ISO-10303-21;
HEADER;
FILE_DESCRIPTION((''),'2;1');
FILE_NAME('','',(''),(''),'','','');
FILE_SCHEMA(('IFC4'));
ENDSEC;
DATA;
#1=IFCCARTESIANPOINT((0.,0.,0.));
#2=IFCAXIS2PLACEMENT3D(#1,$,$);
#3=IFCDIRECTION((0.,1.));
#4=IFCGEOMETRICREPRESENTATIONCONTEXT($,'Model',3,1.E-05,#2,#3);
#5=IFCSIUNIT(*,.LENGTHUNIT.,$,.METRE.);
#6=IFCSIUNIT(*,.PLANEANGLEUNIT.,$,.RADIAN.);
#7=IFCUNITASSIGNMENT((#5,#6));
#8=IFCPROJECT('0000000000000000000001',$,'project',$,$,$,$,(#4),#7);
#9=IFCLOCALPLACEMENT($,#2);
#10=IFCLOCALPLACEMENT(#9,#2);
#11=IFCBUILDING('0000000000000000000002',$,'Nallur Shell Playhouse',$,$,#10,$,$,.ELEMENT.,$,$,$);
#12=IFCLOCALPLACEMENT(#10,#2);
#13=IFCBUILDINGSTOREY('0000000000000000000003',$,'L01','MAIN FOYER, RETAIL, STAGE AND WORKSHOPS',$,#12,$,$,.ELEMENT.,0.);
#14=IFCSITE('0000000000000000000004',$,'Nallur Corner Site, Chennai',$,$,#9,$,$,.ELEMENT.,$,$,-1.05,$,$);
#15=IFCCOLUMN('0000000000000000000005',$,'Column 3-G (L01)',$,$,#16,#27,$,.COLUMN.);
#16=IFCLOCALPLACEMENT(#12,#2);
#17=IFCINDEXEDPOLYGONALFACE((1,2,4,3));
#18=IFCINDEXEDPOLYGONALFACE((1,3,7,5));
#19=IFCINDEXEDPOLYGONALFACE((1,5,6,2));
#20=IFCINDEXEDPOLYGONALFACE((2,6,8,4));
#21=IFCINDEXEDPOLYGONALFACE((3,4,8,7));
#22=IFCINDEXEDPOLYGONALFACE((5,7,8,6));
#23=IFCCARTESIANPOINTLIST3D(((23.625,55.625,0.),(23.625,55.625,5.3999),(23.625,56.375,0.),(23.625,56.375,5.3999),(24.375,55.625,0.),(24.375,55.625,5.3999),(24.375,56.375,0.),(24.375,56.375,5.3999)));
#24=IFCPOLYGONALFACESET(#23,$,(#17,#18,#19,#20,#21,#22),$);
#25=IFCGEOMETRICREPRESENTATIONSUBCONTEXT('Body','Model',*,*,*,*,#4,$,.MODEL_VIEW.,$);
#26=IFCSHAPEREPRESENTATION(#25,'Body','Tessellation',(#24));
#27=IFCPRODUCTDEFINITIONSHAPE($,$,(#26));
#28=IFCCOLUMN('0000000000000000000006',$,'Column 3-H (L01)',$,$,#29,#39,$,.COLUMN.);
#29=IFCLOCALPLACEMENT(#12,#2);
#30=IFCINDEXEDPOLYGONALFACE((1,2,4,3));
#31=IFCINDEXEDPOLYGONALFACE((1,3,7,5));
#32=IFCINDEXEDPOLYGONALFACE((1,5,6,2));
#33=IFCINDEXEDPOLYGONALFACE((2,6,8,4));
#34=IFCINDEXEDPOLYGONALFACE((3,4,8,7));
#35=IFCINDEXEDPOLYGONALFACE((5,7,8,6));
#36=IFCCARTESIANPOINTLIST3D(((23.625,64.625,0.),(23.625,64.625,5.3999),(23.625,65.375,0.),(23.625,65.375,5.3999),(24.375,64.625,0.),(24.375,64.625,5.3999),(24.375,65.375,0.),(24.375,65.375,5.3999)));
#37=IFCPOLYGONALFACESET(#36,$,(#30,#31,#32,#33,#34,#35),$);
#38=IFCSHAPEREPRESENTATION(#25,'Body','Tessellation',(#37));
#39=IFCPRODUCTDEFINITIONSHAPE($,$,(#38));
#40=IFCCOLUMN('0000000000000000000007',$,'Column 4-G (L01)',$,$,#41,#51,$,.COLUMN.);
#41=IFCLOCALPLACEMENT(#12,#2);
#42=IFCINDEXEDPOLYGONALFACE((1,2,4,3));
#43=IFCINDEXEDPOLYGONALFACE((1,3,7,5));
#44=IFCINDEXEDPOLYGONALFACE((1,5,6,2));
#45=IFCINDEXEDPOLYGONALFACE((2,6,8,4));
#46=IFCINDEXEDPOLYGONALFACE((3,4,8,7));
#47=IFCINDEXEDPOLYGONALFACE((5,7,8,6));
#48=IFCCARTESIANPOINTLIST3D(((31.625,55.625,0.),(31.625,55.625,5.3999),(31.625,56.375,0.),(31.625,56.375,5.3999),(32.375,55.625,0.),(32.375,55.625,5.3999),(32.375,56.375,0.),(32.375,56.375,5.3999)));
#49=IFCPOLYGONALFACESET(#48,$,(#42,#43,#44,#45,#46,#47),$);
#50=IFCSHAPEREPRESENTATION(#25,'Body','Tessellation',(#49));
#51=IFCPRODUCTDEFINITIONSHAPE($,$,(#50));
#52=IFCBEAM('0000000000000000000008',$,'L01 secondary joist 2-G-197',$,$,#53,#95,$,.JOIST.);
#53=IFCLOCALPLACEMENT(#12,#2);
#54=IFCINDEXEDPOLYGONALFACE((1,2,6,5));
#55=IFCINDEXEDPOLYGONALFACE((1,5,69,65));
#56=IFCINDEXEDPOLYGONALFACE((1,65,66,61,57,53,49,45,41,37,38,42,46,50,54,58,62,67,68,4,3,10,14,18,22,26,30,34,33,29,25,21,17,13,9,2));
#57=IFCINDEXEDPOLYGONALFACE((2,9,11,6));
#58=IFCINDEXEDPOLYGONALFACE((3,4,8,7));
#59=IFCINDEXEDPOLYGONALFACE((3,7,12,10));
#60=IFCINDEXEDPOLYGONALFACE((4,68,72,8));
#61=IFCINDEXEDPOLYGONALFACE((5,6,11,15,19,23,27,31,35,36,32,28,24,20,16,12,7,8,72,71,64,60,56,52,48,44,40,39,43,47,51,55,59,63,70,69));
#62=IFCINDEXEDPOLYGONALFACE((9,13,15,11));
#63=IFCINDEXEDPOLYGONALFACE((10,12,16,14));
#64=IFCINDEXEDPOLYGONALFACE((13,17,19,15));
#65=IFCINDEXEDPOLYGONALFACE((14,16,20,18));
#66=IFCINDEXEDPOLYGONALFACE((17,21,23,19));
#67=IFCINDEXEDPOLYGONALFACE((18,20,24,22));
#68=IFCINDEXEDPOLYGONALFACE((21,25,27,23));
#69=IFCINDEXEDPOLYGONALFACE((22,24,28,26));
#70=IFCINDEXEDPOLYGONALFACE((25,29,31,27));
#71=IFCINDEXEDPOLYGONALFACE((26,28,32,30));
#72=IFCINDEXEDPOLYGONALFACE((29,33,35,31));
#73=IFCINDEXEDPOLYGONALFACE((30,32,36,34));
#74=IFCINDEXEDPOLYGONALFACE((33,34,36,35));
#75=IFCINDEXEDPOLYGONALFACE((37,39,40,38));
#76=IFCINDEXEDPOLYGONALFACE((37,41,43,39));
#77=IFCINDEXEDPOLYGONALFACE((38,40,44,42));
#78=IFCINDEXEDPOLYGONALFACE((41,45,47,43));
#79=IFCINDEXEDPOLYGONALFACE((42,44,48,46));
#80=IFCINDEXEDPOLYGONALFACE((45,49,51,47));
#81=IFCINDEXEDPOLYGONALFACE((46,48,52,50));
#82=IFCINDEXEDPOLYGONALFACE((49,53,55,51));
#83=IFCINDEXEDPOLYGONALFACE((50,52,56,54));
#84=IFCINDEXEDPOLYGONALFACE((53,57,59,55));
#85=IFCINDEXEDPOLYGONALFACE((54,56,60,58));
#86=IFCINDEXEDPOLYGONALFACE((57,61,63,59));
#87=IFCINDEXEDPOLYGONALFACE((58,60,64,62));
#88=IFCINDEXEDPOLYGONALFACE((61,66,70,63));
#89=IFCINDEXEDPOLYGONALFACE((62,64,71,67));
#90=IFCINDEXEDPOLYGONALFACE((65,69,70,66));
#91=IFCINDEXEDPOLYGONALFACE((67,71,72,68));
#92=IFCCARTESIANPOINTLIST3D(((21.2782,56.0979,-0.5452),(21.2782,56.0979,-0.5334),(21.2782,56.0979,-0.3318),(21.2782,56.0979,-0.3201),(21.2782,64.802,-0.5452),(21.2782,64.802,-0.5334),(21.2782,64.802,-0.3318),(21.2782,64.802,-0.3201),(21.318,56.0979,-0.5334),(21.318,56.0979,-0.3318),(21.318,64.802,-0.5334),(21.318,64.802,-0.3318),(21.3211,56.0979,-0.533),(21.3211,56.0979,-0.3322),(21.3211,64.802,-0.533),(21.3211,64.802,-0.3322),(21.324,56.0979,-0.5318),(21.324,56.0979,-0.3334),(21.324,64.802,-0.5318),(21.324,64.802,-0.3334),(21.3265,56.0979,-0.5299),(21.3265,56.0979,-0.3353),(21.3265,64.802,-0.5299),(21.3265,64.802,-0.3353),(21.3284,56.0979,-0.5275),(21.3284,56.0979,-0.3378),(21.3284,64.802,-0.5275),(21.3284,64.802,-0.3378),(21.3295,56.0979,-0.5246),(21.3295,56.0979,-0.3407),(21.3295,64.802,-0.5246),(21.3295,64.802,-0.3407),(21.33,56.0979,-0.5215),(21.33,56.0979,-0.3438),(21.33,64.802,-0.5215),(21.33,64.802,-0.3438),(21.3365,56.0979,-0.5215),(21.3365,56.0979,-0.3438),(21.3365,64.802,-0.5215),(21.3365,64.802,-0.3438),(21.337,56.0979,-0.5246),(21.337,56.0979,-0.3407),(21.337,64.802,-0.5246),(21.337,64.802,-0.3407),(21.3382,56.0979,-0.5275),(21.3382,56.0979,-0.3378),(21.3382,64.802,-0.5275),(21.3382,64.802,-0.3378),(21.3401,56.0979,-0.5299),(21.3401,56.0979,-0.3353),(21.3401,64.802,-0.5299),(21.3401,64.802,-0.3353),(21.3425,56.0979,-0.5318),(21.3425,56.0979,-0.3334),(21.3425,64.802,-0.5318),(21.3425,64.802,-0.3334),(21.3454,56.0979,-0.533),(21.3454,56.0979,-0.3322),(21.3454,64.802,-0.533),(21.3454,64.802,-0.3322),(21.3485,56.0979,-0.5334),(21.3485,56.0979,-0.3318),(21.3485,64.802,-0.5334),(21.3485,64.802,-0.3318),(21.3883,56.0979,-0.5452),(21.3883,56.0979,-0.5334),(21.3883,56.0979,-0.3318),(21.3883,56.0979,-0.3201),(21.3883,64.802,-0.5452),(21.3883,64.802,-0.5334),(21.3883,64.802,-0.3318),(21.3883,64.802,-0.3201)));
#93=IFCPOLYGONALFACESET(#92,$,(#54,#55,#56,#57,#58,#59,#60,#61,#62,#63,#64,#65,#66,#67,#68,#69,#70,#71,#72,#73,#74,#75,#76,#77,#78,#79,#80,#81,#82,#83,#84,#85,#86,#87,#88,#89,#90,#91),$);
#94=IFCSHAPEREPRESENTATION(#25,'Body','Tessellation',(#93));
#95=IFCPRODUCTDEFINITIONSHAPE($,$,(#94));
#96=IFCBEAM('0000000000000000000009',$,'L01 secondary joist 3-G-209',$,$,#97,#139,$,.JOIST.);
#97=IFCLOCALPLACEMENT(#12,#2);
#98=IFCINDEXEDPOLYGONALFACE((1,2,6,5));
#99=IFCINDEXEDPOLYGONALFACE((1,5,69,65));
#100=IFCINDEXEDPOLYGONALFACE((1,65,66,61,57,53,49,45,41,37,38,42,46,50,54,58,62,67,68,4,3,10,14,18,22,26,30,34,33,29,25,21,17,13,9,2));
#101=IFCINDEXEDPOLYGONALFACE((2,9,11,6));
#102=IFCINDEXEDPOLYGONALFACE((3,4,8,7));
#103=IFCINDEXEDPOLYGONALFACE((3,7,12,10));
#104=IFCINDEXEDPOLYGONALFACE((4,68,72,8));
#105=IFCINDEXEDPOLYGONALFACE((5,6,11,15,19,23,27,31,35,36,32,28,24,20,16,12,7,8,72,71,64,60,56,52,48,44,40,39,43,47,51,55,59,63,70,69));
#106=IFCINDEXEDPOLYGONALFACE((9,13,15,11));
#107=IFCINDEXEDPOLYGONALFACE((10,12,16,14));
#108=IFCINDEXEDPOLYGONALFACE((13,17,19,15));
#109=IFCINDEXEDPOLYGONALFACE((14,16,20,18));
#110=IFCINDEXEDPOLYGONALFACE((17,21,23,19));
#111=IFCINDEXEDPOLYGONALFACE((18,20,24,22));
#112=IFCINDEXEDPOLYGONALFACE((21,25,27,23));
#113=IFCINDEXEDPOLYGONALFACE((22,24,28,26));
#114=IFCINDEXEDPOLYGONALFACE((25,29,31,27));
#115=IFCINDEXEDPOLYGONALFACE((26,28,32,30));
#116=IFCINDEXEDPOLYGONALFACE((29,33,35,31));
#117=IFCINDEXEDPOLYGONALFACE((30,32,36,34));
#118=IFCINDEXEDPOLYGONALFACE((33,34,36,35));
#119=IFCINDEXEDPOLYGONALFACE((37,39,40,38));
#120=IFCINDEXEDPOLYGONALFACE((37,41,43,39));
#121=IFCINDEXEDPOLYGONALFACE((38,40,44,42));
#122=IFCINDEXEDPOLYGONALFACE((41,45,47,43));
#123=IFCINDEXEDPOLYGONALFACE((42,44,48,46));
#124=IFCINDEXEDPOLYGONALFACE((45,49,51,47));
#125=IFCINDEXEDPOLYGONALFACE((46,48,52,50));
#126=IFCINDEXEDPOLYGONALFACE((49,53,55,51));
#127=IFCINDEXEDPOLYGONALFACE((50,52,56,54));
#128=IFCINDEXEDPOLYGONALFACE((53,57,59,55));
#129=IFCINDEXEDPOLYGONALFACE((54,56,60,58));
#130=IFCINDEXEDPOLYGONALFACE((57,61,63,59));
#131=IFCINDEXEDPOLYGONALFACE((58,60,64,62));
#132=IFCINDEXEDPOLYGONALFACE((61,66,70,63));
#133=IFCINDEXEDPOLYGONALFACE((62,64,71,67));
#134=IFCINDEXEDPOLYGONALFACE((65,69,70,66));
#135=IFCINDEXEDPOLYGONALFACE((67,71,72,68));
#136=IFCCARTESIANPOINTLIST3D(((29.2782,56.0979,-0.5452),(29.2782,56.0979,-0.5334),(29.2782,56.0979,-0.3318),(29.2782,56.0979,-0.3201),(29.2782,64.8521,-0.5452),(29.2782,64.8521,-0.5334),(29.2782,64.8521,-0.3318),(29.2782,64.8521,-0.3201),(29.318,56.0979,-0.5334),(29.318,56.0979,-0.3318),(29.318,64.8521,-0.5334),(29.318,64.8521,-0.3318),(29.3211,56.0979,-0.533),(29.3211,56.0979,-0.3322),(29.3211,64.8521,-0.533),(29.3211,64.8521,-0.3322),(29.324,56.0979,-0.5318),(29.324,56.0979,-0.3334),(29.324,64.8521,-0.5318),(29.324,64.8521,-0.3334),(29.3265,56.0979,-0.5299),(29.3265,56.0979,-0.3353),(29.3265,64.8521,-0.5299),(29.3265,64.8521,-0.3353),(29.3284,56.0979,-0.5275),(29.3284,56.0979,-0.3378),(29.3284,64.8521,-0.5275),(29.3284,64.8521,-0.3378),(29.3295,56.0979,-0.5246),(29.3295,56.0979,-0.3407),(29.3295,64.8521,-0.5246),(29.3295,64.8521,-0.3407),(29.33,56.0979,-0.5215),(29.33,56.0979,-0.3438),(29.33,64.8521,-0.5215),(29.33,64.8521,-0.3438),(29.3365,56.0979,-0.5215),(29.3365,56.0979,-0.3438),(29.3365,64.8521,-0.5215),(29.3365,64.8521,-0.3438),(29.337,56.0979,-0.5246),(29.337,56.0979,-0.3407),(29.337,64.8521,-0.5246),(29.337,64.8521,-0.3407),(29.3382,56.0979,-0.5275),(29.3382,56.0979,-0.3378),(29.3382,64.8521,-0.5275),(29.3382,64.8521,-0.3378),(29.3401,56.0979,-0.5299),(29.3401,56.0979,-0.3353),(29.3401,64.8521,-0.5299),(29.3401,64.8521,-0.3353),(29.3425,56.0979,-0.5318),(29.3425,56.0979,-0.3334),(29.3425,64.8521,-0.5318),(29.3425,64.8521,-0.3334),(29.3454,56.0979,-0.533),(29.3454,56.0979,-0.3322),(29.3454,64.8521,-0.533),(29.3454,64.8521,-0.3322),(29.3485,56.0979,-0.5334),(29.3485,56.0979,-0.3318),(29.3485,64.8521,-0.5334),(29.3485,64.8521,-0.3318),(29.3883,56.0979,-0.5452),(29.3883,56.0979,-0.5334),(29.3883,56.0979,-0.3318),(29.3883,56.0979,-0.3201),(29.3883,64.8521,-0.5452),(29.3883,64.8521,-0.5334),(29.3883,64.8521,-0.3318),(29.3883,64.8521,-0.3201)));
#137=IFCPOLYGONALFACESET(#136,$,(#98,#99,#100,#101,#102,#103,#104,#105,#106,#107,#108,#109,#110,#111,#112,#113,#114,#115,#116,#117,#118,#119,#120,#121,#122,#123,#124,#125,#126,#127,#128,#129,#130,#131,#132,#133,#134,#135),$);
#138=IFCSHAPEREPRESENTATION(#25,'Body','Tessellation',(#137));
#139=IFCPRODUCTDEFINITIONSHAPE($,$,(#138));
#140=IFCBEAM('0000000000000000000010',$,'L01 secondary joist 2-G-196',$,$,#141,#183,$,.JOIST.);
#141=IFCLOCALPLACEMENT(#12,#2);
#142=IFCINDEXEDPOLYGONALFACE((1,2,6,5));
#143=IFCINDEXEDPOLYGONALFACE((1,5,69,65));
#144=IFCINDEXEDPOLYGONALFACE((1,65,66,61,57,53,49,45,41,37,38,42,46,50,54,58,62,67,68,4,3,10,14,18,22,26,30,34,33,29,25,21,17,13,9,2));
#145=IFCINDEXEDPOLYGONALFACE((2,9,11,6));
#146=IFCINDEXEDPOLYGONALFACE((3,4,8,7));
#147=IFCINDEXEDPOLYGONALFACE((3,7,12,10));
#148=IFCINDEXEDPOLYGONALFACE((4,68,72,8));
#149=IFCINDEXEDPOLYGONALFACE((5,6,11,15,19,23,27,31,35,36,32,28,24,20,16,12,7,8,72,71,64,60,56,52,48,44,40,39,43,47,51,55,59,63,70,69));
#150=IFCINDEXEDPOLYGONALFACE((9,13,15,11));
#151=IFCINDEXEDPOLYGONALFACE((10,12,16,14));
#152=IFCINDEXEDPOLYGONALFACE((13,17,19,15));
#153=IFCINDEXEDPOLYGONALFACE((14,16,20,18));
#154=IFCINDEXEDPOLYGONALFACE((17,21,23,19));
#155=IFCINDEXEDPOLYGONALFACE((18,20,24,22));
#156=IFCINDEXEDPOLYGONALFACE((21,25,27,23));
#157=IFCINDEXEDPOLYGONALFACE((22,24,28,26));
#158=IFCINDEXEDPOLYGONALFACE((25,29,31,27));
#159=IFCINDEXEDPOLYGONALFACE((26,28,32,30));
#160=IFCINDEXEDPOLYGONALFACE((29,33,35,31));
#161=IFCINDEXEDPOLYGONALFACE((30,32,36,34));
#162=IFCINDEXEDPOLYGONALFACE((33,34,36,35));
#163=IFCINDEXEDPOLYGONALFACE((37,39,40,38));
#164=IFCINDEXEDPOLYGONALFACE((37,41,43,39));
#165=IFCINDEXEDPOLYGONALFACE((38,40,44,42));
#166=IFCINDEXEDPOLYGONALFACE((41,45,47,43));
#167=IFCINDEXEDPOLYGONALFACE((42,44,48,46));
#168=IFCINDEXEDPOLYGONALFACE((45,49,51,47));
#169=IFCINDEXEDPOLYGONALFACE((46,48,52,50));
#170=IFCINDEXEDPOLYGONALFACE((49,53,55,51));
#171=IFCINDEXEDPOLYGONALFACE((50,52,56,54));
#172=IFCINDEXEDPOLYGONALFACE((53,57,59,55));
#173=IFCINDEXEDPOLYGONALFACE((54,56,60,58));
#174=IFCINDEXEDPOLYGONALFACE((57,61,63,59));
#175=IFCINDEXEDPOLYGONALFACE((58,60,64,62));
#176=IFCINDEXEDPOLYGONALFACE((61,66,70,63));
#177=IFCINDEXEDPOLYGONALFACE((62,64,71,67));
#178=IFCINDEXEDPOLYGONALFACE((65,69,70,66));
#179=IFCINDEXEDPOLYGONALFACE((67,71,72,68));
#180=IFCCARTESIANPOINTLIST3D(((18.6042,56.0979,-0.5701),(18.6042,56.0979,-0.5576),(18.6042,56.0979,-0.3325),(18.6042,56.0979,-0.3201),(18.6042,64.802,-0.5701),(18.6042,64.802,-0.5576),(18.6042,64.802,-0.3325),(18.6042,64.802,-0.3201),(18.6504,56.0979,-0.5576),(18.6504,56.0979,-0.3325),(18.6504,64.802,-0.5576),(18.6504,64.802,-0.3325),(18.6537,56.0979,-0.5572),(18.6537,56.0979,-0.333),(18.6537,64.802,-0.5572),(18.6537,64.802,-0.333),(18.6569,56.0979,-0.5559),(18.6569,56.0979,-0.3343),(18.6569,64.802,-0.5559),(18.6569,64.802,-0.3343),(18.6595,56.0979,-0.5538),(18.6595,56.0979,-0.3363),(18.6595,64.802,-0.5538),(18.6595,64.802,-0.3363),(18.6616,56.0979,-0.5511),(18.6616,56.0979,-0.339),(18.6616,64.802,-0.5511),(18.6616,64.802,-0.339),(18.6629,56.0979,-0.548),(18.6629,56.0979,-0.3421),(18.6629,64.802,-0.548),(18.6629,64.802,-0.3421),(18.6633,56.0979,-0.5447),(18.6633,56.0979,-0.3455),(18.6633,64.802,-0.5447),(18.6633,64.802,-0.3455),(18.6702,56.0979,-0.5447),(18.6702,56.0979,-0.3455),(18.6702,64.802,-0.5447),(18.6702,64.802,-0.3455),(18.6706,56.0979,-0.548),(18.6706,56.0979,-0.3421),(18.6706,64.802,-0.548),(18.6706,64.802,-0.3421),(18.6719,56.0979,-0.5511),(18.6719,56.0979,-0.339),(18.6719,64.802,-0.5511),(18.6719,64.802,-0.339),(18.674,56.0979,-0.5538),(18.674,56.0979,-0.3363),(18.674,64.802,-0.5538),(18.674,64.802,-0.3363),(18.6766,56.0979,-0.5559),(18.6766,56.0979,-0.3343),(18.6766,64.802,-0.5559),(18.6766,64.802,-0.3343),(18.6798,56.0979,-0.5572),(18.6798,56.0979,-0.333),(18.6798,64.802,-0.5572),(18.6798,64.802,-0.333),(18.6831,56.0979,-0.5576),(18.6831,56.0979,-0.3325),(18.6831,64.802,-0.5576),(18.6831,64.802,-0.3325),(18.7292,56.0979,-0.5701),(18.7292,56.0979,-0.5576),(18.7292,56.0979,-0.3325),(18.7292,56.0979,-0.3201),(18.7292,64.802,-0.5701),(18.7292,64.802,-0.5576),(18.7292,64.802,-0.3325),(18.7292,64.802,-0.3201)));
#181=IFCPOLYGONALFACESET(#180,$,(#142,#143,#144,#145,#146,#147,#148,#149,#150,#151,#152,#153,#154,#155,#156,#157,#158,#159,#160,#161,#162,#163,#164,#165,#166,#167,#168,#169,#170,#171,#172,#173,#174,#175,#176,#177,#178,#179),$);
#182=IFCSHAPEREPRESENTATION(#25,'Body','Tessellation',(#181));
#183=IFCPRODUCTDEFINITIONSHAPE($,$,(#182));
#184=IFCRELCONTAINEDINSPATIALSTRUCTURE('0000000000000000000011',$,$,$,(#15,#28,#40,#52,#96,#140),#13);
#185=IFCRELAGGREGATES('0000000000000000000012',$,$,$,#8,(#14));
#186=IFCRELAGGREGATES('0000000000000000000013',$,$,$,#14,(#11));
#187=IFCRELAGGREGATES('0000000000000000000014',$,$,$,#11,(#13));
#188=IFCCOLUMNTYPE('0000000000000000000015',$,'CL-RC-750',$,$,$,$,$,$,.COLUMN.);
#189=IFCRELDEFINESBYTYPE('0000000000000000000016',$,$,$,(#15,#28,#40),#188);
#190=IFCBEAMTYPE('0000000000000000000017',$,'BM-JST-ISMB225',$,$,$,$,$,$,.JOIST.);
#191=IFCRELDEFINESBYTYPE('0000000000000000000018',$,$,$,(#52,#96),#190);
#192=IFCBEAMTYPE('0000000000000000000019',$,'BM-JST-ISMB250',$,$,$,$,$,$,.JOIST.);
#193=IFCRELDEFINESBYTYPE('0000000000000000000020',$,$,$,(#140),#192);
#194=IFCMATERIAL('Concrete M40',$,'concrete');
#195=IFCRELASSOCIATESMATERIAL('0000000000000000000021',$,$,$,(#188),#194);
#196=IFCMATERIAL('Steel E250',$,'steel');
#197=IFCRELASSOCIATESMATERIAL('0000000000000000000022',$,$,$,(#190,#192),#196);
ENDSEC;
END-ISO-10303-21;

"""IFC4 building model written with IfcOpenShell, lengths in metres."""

from ifc_helpers import new_model, si_unit, direction, frame, origin, origin_2d, place, context, subcontext, project, spatial, rectangle, i_section, extrude, material, material_profile, profile_set, type_object, element, save


model = new_model("IFC4")

# Units and contexts
model_context = context("Model", 3, precision=1e-05, world=origin(), true_north=direction((0.0, 1.0)))
body_context = subcontext(model_context, "Body", "Model", "MODEL_VIEW")
ifc_project = project(units=[si_unit("LENGTHUNIT", "METRE"), si_unit("PLANEANGLEUNIT", "RADIAN")], contexts=[model_context])

# Site, building, storey
site_placement = place(None, origin())
site = spatial("IfcSite", under=ifc_project, at=site_placement, Name="Nallur Corner Site, Chennai", CompositionType="ELEMENT", RefElevation=-1.05)
building_placement = place(site_placement, origin())
building = spatial("IfcBuilding", under=site, at=building_placement, Name="Nallur Shell Playhouse", CompositionType="ELEMENT")
storey_placement = place(building_placement, origin())
storey = spatial("IfcBuildingStorey", under=building, at=storey_placement, Name="L01", Description="MAIN FOYER, RETAIL, STAGE AND WORKSHOPS", CompositionType="ELEMENT", Elevation=0.0)

# Columns
ifc_material_1 = material(Name="Concrete M40", Category="concrete")
ifc_material_profile_1 = material_profile(ifc_material_1, rectangle(XDim=0.75, YDim=0.75, at=origin_2d()), Name="RC 750x750")
ifc_profile_set_1 = profile_set([ifc_material_profile_1], Name="Concrete M40")
column_type = type_object("IfcColumnType", Name="CL-RC-750", PredefinedType="COLUMN", material=ifc_profile_set_1)
for number, where, z_axis, x_axis, name in (
    (1, (24.0, 56.0, 0.0), (0.0, 0.0, 1.0), (1.0, 0.0, 0.0), "Column 3-G (L01)"),
    (2, (24.0, 65.0, 0.0), (0.0, 0.0, 1.0), (1.0, 0.0, 0.0), "Column 3-H (L01)"),
    (3, (32.0, 56.0, 0.0), (0.0, 0.0, 1.0), (1.0, 0.0, 0.0), "Column 4-G (L01)"),
):
    element("IfcColumn", number, at=place(storey_placement, frame(where, z_axis=z_axis, x_axis=x_axis)), inside=storey, type_object=column_type, Name=name, PredefinedType="COLUMN", context=body_context, shape_type="SweptSolid", body=[
        extrude(rectangle(XDim=0.75, YDim=0.75, at=origin_2d()), origin(), (0.0, 0.0, 1.0), 5.3999),
    ])

# Beams
ifc_material_2 = material(Name="Steel E250", Category="steel")
ifc_material_profile_2 = material_profile(ifc_material_2, i_section(OverallWidth=0.1101, OverallDepth=0.2251, WebThickness=0.0066, FlangeThickness=0.0117, FilletRadius=0.012, at=origin_2d()), Name="ISMB 225")
ifc_profile_set_2 = profile_set([ifc_material_profile_2], Name="Steel E250")
beam_type_1 = type_object("IfcBeamType", Name="BM-JST-ISMB225", PredefinedType="JOIST", material=ifc_profile_set_2)
beam_1_placement = place(storey_placement, frame((21.3333, 56.0979, -0.4326), z_axis=(0.0, 1.0, 0.0), x_axis=(-1.0, 0.0, 0.0)))
element("IfcBeam", 4, at=beam_1_placement, inside=storey, type_object=beam_type_1, Name="L01 secondary joist 2-G-197", PredefinedType="JOIST", context=body_context, shape_type="SweptSolid", body=[
    extrude(i_section(OverallWidth=0.1101, OverallDepth=0.2251, WebThickness=0.0066, FlangeThickness=0.0117, FilletRadius=0.012, at=origin_2d()), origin(), (0.0, 0.0, 1.0), 8.7041),
])
beam_2_placement = place(storey_placement, frame((29.3333, 56.0979, -0.4326), z_axis=(0.0, 1.0, 0.0), x_axis=(-1.0, 0.0, 0.0)))
element("IfcBeam", 5, at=beam_2_placement, inside=storey, type_object=beam_type_1, Name="L01 secondary joist 3-G-209", PredefinedType="JOIST", context=body_context, shape_type="SweptSolid", body=[
    extrude(i_section(OverallWidth=0.1101, OverallDepth=0.2251, WebThickness=0.0066, FlangeThickness=0.0117, FilletRadius=0.012, at=origin_2d()), origin(), (0.0, 0.0, 1.0), 8.7542),
])
ifc_material_profile_3 = material_profile(ifc_material_2, i_section(OverallWidth=0.125, OverallDepth=0.25, WebThickness=0.0068, FlangeThickness=0.0125, FilletRadius=0.0129, at=origin_2d()), Name="ISMB 250")
ifc_profile_set_3 = profile_set([ifc_material_profile_3], Name="Steel E250")
beam_type_2 = type_object("IfcBeamType", Name="BM-JST-ISMB250", PredefinedType="JOIST", material=ifc_profile_set_3)
beam_3_placement = place(storey_placement, frame((18.6667, 56.0979, -0.4451), z_axis=(0.0, 1.0, 0.0), x_axis=(-1.0, 0.0, 0.0)))
element("IfcBeam", 6, at=beam_3_placement, inside=storey, type_object=beam_type_2, Name="L01 secondary joist 2-G-196", PredefinedType="JOIST", context=body_context, shape_type="SweptSolid", body=[
    extrude(i_section(OverallWidth=0.125, OverallDepth=0.25, WebThickness=0.0068, FlangeThickness=0.0125, FilletRadius=0.0129, at=origin_2d()), origin(), (0.0, 0.0, 1.0), 8.7041),
])

save(model, "model.ifc")
